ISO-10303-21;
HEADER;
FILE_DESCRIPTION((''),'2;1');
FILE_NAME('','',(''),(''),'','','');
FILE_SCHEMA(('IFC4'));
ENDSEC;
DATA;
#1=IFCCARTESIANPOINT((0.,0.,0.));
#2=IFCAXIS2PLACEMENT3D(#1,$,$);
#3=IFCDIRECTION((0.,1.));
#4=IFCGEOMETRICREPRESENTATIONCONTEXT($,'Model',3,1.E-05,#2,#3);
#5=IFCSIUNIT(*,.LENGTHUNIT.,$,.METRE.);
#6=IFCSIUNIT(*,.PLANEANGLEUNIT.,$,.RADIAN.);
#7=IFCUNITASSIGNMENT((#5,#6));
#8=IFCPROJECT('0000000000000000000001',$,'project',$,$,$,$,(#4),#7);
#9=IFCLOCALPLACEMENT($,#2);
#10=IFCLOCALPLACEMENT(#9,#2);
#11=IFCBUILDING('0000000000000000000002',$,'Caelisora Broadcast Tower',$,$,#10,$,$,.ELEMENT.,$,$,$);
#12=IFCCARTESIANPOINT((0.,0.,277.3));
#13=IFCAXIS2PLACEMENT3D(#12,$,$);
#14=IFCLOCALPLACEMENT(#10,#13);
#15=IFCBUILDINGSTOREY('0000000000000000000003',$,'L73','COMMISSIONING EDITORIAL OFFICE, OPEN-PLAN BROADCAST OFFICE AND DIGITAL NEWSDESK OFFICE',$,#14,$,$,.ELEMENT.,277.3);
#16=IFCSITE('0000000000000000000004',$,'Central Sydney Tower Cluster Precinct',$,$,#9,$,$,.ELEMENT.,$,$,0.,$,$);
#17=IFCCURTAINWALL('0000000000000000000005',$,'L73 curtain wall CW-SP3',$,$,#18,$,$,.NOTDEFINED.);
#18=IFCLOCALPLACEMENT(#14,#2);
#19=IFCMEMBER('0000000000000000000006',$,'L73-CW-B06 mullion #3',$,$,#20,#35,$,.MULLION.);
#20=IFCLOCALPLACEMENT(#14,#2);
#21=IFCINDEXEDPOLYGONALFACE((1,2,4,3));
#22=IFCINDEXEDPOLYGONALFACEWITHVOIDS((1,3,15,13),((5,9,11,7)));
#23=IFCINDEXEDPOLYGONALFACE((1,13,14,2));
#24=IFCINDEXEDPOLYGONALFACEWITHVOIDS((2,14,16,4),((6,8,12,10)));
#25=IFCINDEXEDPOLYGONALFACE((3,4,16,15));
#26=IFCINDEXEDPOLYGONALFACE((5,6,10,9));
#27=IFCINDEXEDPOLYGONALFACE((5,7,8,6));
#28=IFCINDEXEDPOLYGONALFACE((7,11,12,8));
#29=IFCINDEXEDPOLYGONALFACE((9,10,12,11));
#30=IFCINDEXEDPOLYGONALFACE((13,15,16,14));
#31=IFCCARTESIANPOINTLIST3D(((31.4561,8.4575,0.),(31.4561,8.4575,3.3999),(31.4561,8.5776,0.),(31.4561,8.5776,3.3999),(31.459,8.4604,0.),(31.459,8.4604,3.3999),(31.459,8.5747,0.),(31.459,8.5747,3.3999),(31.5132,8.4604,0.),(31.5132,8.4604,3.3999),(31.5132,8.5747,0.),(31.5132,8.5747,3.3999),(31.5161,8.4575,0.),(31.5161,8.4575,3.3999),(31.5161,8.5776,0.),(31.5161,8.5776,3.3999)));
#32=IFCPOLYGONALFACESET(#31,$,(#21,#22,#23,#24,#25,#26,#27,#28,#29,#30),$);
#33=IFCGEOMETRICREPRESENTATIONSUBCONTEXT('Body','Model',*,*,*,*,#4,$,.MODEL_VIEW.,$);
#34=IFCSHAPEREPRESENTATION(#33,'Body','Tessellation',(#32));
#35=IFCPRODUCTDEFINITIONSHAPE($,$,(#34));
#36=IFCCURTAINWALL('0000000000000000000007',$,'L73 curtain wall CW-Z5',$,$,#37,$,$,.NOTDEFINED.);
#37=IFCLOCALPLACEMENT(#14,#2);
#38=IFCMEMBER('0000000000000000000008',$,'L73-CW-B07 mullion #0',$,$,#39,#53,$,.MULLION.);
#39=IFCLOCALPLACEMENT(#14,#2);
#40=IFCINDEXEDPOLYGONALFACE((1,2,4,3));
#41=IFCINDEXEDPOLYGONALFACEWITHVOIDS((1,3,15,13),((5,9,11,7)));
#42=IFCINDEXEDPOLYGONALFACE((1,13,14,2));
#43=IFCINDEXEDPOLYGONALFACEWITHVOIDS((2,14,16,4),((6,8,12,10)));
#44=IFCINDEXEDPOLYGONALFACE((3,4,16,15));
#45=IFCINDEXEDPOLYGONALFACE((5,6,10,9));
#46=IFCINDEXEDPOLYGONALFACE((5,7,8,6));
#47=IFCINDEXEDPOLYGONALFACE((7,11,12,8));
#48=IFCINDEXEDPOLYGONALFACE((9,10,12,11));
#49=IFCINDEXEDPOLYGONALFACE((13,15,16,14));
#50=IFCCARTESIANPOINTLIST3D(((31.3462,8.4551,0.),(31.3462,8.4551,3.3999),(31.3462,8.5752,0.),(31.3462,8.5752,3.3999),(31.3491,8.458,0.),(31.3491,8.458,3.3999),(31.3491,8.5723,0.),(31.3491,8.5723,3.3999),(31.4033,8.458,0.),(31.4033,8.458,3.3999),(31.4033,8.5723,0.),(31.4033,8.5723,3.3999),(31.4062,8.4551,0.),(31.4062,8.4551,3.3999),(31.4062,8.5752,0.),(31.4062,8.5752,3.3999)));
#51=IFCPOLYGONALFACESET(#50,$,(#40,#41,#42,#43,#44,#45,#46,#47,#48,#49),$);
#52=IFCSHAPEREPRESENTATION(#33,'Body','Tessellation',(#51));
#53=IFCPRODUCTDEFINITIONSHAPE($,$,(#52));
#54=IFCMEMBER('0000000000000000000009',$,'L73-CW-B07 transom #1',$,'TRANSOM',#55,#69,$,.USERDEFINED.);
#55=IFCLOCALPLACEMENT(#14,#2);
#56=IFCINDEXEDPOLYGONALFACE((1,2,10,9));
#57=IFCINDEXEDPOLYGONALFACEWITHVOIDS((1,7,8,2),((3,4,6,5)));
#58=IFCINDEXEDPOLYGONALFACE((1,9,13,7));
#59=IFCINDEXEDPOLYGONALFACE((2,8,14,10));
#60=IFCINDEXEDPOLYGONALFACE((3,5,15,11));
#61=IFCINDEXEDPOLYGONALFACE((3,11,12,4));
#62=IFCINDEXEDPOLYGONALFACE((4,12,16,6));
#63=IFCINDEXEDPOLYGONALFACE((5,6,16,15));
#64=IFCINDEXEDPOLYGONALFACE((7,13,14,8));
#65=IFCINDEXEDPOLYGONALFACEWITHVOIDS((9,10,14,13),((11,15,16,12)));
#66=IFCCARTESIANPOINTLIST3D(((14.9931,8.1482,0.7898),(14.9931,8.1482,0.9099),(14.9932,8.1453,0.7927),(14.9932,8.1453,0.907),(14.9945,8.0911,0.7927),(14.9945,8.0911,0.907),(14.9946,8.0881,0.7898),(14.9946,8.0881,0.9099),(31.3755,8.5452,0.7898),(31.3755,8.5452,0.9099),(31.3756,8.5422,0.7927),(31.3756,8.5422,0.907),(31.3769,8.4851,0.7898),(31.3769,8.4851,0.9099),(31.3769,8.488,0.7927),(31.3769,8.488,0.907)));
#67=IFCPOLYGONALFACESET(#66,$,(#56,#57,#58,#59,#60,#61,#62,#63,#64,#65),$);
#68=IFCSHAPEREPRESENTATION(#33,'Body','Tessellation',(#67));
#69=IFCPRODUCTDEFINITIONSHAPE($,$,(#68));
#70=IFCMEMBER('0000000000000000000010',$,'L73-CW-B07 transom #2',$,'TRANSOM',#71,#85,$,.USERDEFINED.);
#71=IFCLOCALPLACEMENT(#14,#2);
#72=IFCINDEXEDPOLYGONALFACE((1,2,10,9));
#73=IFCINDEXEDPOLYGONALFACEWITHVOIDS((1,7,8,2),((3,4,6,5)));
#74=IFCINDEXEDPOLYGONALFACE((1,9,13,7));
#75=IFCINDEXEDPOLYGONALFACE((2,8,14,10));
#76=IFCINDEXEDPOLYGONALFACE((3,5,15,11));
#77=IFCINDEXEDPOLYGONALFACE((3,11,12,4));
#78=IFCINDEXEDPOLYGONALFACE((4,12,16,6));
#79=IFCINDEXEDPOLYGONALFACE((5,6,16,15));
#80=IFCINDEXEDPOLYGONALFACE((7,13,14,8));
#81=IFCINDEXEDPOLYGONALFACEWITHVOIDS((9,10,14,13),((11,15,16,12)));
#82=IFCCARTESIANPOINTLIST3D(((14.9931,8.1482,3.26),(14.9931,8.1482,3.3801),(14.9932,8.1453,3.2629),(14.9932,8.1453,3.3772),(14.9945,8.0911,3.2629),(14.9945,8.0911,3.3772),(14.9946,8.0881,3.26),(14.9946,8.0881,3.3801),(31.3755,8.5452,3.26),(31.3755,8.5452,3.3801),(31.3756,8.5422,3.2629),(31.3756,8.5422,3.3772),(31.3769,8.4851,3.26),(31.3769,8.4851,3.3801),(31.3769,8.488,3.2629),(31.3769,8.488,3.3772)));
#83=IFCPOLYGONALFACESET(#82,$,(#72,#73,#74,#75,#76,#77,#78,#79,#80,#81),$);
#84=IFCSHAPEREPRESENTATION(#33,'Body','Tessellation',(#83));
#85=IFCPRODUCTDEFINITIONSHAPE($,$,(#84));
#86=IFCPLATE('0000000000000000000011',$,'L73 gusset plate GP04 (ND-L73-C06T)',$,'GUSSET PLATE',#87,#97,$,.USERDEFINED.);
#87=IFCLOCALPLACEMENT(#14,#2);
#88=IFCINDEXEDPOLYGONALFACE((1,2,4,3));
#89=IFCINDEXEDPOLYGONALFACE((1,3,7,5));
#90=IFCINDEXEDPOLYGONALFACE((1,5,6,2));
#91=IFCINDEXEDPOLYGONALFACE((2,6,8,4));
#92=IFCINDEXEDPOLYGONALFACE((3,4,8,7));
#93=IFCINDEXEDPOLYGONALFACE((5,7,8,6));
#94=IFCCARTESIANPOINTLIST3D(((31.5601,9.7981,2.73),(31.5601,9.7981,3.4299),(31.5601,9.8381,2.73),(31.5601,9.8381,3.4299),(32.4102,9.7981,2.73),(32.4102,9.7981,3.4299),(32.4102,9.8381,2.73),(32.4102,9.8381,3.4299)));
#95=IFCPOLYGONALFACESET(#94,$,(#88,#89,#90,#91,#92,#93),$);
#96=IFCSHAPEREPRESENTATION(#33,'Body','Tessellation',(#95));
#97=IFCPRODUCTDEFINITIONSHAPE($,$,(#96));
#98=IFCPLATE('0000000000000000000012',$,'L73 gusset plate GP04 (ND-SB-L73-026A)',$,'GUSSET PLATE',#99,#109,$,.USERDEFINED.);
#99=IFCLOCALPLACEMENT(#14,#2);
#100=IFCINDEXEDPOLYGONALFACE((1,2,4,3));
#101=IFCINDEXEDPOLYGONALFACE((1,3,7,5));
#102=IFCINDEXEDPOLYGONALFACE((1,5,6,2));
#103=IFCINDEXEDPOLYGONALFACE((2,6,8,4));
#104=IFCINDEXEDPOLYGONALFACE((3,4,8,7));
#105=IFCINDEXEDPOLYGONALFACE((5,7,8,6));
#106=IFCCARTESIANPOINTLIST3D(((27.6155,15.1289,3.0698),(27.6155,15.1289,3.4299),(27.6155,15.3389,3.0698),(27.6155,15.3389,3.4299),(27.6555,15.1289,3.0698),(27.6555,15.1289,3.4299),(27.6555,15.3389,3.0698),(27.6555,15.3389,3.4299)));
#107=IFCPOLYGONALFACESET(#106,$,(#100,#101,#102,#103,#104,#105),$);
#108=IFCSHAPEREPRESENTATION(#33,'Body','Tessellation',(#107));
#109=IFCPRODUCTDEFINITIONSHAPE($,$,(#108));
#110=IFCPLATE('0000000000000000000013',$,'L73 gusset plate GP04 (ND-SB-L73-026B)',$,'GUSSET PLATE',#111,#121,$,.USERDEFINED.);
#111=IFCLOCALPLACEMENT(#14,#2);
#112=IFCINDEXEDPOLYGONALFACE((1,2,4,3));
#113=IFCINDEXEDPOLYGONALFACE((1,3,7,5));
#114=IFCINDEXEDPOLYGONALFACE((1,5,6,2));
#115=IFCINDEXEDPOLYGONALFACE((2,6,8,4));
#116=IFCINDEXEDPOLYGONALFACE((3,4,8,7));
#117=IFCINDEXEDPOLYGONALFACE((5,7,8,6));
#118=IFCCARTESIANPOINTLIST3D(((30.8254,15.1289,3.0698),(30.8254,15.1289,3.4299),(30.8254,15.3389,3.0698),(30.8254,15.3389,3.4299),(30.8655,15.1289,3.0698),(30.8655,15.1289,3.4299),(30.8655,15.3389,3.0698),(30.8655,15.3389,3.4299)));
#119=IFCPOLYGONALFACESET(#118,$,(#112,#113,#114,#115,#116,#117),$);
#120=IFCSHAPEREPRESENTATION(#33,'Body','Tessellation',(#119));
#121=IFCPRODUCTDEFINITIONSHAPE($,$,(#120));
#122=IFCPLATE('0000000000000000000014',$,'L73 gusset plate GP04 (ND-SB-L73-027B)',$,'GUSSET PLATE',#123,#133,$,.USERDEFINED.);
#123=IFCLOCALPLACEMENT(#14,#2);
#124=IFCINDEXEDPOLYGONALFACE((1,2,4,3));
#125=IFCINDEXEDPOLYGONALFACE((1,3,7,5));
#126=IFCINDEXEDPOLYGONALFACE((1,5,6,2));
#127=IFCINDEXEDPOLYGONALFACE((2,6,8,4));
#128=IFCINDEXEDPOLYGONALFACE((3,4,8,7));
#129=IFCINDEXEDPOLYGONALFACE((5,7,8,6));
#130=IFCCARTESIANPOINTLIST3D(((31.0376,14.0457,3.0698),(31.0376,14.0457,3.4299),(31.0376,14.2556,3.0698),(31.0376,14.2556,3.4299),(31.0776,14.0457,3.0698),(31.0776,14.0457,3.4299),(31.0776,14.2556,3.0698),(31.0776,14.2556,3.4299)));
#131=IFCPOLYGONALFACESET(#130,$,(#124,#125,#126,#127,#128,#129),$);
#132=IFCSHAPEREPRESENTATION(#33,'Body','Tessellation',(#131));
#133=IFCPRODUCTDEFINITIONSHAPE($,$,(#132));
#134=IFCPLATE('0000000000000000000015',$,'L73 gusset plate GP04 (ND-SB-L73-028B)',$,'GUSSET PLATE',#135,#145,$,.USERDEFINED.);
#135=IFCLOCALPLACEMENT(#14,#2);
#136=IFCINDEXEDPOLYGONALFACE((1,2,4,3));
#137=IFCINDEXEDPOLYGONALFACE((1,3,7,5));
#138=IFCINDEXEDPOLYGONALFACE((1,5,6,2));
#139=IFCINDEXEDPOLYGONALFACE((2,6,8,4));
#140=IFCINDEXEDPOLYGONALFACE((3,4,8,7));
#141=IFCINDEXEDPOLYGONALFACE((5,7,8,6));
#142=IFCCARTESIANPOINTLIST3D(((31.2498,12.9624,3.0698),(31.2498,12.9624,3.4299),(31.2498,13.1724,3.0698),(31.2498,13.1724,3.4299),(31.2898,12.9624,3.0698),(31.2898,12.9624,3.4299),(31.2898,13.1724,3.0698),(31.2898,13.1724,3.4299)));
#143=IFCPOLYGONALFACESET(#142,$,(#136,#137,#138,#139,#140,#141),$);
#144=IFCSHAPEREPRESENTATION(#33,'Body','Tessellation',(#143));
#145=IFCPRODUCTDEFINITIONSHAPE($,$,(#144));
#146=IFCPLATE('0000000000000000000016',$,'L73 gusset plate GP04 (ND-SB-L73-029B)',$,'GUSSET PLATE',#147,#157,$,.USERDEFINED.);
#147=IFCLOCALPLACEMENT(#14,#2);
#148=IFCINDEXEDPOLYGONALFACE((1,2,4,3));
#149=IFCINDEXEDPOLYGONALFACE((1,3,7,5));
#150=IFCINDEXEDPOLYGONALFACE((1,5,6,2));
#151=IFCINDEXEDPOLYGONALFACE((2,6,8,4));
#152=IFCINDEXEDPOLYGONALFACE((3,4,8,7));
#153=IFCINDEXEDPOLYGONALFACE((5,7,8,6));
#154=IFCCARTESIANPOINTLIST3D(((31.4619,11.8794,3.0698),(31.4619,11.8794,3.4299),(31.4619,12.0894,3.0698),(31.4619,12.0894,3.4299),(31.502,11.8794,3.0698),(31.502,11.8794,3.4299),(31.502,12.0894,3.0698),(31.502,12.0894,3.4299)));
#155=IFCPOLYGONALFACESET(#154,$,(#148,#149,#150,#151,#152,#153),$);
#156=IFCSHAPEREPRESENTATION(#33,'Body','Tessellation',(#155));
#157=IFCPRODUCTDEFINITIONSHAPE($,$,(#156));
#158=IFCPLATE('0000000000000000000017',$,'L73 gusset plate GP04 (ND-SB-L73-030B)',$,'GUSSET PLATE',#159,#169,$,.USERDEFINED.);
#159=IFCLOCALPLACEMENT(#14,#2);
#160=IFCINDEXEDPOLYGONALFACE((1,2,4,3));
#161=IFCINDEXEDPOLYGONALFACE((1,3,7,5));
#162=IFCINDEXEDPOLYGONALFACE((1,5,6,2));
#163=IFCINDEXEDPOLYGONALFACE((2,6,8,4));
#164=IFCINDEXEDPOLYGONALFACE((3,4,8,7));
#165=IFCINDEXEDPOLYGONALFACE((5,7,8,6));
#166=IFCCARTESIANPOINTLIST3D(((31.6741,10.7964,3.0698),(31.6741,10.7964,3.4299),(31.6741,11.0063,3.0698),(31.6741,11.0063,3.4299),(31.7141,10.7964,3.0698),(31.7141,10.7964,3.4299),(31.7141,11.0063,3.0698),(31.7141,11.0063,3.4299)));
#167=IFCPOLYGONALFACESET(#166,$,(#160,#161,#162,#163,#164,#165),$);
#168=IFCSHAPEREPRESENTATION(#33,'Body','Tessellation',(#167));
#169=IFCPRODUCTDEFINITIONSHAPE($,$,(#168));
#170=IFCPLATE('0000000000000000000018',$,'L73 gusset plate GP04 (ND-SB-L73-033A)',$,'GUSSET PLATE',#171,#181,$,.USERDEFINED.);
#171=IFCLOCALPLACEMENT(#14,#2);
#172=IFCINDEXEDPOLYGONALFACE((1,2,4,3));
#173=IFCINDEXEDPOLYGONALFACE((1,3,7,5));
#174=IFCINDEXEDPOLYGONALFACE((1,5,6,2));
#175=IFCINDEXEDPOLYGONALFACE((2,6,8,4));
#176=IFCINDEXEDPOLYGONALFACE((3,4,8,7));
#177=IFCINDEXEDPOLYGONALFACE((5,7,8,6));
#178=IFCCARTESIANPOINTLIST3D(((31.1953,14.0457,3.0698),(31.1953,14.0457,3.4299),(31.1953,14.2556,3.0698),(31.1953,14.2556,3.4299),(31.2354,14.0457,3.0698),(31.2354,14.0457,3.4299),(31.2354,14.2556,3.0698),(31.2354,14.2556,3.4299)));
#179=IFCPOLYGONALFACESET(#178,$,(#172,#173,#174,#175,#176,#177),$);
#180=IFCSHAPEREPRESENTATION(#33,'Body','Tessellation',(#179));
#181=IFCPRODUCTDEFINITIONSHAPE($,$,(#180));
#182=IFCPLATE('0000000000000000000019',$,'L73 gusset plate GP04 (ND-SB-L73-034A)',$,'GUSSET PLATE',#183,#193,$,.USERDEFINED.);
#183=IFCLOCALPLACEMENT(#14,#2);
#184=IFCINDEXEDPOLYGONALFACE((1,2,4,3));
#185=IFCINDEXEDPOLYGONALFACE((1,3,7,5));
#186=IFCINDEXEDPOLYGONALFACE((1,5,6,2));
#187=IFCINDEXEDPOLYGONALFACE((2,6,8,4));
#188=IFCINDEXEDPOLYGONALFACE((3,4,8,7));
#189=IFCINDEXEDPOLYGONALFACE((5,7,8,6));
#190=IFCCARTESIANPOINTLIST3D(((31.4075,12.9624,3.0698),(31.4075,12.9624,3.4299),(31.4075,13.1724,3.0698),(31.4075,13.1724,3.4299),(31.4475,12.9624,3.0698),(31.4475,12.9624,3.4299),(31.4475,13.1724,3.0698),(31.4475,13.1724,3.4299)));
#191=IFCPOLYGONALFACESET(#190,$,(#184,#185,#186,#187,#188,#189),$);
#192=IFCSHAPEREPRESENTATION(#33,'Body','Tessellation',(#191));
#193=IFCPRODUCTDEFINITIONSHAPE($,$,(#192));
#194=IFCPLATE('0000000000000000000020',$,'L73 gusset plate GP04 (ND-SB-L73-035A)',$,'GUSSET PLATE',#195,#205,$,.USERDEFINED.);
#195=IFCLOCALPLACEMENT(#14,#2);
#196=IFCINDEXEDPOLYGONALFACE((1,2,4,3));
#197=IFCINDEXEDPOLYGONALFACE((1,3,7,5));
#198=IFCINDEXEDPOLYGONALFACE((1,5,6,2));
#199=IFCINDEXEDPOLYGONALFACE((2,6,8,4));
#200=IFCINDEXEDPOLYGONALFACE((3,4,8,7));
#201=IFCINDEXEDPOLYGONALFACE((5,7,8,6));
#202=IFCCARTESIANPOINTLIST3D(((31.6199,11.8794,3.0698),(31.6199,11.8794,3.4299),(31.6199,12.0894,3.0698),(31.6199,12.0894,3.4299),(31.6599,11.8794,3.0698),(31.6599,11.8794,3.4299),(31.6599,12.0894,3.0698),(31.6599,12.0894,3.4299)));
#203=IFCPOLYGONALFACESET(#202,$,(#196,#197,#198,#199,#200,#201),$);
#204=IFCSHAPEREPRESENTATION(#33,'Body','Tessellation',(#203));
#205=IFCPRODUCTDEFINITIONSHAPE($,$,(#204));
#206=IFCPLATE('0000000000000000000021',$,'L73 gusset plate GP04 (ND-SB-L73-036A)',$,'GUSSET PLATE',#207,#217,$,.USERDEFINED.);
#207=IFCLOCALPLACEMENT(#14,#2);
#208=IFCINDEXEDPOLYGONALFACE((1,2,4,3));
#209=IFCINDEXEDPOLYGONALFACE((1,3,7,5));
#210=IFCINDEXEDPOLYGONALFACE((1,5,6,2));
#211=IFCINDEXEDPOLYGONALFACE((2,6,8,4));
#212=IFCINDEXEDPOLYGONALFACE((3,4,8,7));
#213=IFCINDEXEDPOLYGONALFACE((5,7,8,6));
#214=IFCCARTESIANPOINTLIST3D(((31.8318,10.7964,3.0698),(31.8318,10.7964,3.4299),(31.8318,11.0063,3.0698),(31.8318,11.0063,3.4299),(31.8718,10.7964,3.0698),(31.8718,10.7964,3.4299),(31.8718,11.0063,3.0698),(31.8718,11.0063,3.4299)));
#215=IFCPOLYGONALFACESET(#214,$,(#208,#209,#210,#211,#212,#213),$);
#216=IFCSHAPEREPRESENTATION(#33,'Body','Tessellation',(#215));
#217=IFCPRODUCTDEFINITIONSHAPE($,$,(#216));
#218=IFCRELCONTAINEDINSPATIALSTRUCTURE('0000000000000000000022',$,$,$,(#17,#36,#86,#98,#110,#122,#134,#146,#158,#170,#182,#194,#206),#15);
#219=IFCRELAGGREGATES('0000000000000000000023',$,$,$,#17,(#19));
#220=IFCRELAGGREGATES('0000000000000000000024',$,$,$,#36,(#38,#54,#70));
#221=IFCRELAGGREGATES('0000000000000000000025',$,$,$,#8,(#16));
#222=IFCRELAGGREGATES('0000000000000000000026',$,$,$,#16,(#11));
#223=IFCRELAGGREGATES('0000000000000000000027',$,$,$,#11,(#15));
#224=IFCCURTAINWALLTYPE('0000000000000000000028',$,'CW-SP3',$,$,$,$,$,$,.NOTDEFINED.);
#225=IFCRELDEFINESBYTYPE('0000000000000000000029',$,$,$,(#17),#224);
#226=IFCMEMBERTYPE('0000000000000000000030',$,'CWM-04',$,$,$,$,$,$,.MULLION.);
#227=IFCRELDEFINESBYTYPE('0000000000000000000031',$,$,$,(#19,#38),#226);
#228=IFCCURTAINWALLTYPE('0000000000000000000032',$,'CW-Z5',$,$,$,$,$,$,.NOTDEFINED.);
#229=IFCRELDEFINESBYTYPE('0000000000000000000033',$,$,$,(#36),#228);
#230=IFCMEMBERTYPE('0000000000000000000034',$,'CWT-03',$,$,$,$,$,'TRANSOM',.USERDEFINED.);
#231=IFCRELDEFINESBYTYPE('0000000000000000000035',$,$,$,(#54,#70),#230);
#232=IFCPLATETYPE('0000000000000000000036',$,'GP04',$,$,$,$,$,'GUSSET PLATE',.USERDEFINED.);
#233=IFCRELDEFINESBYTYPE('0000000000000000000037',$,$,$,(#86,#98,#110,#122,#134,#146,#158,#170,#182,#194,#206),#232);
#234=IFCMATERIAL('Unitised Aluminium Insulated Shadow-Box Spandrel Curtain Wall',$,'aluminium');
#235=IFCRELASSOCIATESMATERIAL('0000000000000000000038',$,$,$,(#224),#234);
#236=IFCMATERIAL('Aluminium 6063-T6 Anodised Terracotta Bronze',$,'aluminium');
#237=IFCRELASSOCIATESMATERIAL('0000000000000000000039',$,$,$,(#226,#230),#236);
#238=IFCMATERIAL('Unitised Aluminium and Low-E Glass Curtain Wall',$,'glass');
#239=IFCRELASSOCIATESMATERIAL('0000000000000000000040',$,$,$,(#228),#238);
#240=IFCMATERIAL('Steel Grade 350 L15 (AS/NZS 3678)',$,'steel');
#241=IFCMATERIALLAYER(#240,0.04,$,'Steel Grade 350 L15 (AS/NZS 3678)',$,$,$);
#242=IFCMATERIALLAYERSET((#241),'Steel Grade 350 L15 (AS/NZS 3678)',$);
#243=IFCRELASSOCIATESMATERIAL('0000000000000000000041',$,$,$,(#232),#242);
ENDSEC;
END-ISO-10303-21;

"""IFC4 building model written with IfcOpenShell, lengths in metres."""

from ifc_helpers import new_model, si_unit, direction, frame, origin, origin_2d, place, context, subcontext, project, spatial, rectangle, hollow_rectangle, extrude, source, transform, mapped, material, layer, layer_set, material_profile, profile_set, type_object, type_shapes, element, aggregate, save


model = new_model("IFC4")

# Units and contexts
model_context = context("Model", 3, precision=1e-05, world=origin(), true_north=direction((0.0, 1.0)))
body_context = subcontext(model_context, "Body", "Model", "MODEL_VIEW")
ifc_project = project(units=[si_unit("LENGTHUNIT", "METRE"), si_unit("PLANEANGLEUNIT", "RADIAN")], contexts=[model_context])

# Site, building, storey
site_placement = place(None, origin())
site = spatial("IfcSite", under=ifc_project, at=site_placement, Name="Central Sydney Tower Cluster Precinct", CompositionType="ELEMENT", RefElevation=0.0)
building_placement = place(site_placement, origin())
building = spatial("IfcBuilding", under=site, at=building_placement, Name="Caelisora Broadcast Tower", CompositionType="ELEMENT")
storey_placement = place(building_placement, frame((0.0, 0.0, 277.3)))
storey = spatial("IfcBuildingStorey", under=building, at=storey_placement, Name="L73", Description="COMMISSIONING EDITORIAL OFFICE, OPEN-PLAN BROADCAST OFFICE AND DIGITAL NEWSDESK OFFICE", CompositionType="ELEMENT", Elevation=277.3)

# Shared definitions
ifc_material_1 = material(Name="Steel Grade 350 L15 (AS/NZS 3678)", Category="steel")

# Curtain walls, members
ifc_material_2 = material(Name="Unitised Aluminium Insulated Shadow-Box Spandrel Curtain Wall", Category="aluminium")
curtain_wall_type_1 = type_object("IfcCurtainWallType", Name="CW-SP3", PredefinedType="NOTDEFINED", material=ifc_material_2)
curtain_wall_1_placement = place(storey_placement, origin())
curtain_wall_1 = element("IfcCurtainWall", 1, at=curtain_wall_1_placement, inside=storey, type_object=curtain_wall_type_1, Name="L73 curtain wall CW-SP3", PredefinedType="NOTDEFINED")
ifc_material_3 = material(Name="Aluminium 6063-T6 Anodised Terracotta Bronze", Category="aluminium")
ifc_material_profile_1 = material_profile(ifc_material_3, hollow_rectangle(XDim=0.0601, YDim=0.1201, WallThickness=0.0029, at=origin_2d()), Name="Aluminium 6063-T6 Anodised Terracotta Bronze")
ifc_profile_set_1 = profile_set([ifc_material_profile_1], Name="Aluminium 6063-T6 Anodised Terracotta Bronze")
member_type_1 = type_object("IfcMemberType", Name="CWM-04", PredefinedType="MULLION", material=ifc_profile_set_1)
shared_shape_1 = source(origin(), body_context, "Body", "SweptSolid", [
    extrude(hollow_rectangle(XDim=0.0601, YDim=0.1201, WallThickness=0.0029, at=origin_2d()), origin(), (0.0, 0.0, 1.0), 3.3999),
])
type_shapes(member_type_1, [shared_shape_1])
member_1_placement = place(storey_placement, frame((31.4861, 8.5176, 0.0), z_axis=(0.0, 0.0, 1.0), x_axis=(1.0, 0.0, 0.0)))
member_1 = element("IfcMember", 2, at=member_1_placement, type_object=member_type_1, Name="L73-CW-B06 mullion #3", PredefinedType="MULLION", context=body_context, shape_type="MappedRepresentation", body=[
    mapped(shared_shape_1, transform((0.0, 0.0, 0.0), scale=1.0)),
])
ifc_material_4 = material(Name="Unitised Aluminium and Low-E Glass Curtain Wall", Category="glass")
curtain_wall_type_2 = type_object("IfcCurtainWallType", Name="CW-Z5", PredefinedType="NOTDEFINED", material=ifc_material_4)
curtain_wall_2_placement = place(storey_placement, origin())
curtain_wall_2 = element("IfcCurtainWall", 3, at=curtain_wall_2_placement, inside=storey, type_object=curtain_wall_type_2, Name="L73 curtain wall CW-Z5", PredefinedType="NOTDEFINED")
member_2_placement = place(storey_placement, frame((31.3762, 8.5151, 0.0), z_axis=(0.0, 0.0, 1.0), x_axis=(1.0, 0.0, 0.0)))
member_2 = element("IfcMember", 4, at=member_2_placement, type_object=member_type_1, Name="L73-CW-B07 mullion #0", PredefinedType="MULLION", context=body_context, shape_type="MappedRepresentation", body=[
    mapped(shared_shape_1, transform((0.0, 0.0, 0.0), scale=1.0)),
])
ifc_material_profile_2 = material_profile(ifc_material_3, hollow_rectangle(XDim=0.0601, YDim=0.1201, WallThickness=0.0029, at=origin_2d()), Name="Aluminium 6063-T6 Anodised Terracotta Bronze")
ifc_profile_set_2 = profile_set([ifc_material_profile_2], Name="Aluminium 6063-T6 Anodised Terracotta Bronze")
member_type_2 = type_object("IfcMemberType", Name="CWT-03", ElementType="TRANSOM", PredefinedType="USERDEFINED", material=ifc_profile_set_2)
shared_shape_2 = source(origin(), body_context, "Body", "SweptSolid", [
    extrude(hollow_rectangle(XDim=0.0601, YDim=0.1201, WallThickness=0.0029, at=origin_2d()), origin(), (0.0, 0.0, 1.0), 16.3872),
])
type_shapes(member_type_2, [shared_shape_2])
member_3_placement = place(storey_placement, frame((31.3762, 8.5151, 0.8499), z_axis=(-0.999707, -0.024225, 0.0), x_axis=(0.024225, -0.999707, 0.0)))
member_3 = element("IfcMember", 5, at=member_3_placement, type_object=member_type_2, Name="L73-CW-B07 transom #1", ObjectType="TRANSOM", PredefinedType="USERDEFINED", context=body_context, shape_type="MappedRepresentation", body=[
    mapped(shared_shape_2, transform((0.0, 0.0, 0.0), scale=1.0)),
])
member_4_placement = place(storey_placement, frame((31.3762, 8.5151, 3.3201), z_axis=(-0.999707, -0.024225, 0.0), x_axis=(0.024225, -0.999707, 0.0)))
member_4 = element("IfcMember", 6, at=member_4_placement, type_object=member_type_2, Name="L73-CW-B07 transom #2", ObjectType="TRANSOM", PredefinedType="USERDEFINED", context=body_context, shape_type="MappedRepresentation", body=[
    mapped(shared_shape_2, transform((0.0, 0.0, 0.0), scale=1.0)),
])

# Plates
ifc_layer_1 = layer(ifc_material_1, 0.04, Name="Steel Grade 350 L15 (AS/NZS 3678)")
ifc_layer_set_1 = layer_set([ifc_layer_1], Name="Steel Grade 350 L15 (AS/NZS 3678)")
plate_type_1 = type_object("IfcPlateType", Name="GP04", ElementType="GUSSET PLATE", PredefinedType="USERDEFINED", material=ifc_layer_set_1)
shared_shape_3 = source(origin(), body_context, "Body", "SweptSolid", [
    extrude(rectangle(XDim=0.8501, YDim=0.04, at=origin_2d()), origin(), (0.0, 0.0, 1.0), 0.7),
])
plate_1_placement = place(storey_placement, frame((31.9851, 9.8181, 2.73), z_axis=(0.0, 0.0, 1.0), x_axis=(1.0, 0.0, 0.0)))
element("IfcPlate", 7, at=plate_1_placement, inside=storey, type_object=plate_type_1, Name="L73 gusset plate GP04 (ND-L73-C06T)", ObjectType="GUSSET PLATE", PredefinedType="USERDEFINED", context=body_context, shape_type="MappedRepresentation", body=[
    mapped(shared_shape_3, transform((0.0, 0.0, 0.0), scale=1.0)),
])
shared_shape_4 = source(origin(), body_context, "Body", "SweptSolid", [
    extrude(rectangle(XDim=0.21, YDim=0.04, at=origin_2d()), origin(), (0.0, 0.0, 1.0), 0.3601),
])
type_shapes(plate_type_1, [shared_shape_3, shared_shape_4])
for number, where, z_axis, x_axis, name in (
    (8, (27.6355, 15.2339, 3.0698), (0.0, 0.0, 1.0), (0.0, 1.0, 0.0), "L73 gusset plate GP04 (ND-SB-L73-026A)"),
    (9, (30.8455, 15.2339, 3.0698), (0.0, 0.0, 1.0), (0.0, 1.0, 0.0), "L73 gusset plate GP04 (ND-SB-L73-026B)"),
    (10, (31.0576, 14.1506, 3.0698), (0.0, 0.0, 1.0), (0.0, 1.0, 0.0), "L73 gusset plate GP04 (ND-SB-L73-027B)"),
    (11, (31.2698, 13.0674, 3.0698), (0.0, 0.0, 1.0), (0.0, 1.0, 0.0), "L73 gusset plate GP04 (ND-SB-L73-028B)"),
    (12, (31.4819, 11.9844, 3.0698), (0.0, 0.0, 1.0), (0.0, 1.0, 0.0), "L73 gusset plate GP04 (ND-SB-L73-029B)"),
    (13, (31.6941, 10.9014, 3.0698), (0.0, 0.0, 1.0), (0.0, 1.0, 0.0), "L73 gusset plate GP04 (ND-SB-L73-030B)"),
    (14, (31.2153, 14.1506, 3.0698), (0.0, 0.0, 1.0), (0.0, 1.0, 0.0), "L73 gusset plate GP04 (ND-SB-L73-033A)"),
    (15, (31.4275, 13.0674, 3.0698), (0.0, 0.0, 1.0), (0.0, 1.0, 0.0), "L73 gusset plate GP04 (ND-SB-L73-034A)"),
    (16, (31.6399, 11.9844, 3.0698), (0.0, 0.0, 1.0), (0.0, 1.0, 0.0), "L73 gusset plate GP04 (ND-SB-L73-035A)"),
    (17, (31.8518, 10.9014, 3.0698), (0.0, 0.0, 1.0), (0.0, 1.0, 0.0), "L73 gusset plate GP04 (ND-SB-L73-036A)"),
):
    element("IfcPlate", number, at=place(storey_placement, frame(where, z_axis=z_axis, x_axis=x_axis)), inside=storey, type_object=plate_type_1, Name=name, ObjectType="GUSSET PLATE", PredefinedType="USERDEFINED", context=body_context, shape_type="MappedRepresentation", body=[
        mapped(shared_shape_4, transform((0.0, 0.0, 0.0), scale=1.0)),
    ])

aggregate(curtain_wall_1, [member_1])
aggregate(curtain_wall_2, [member_2, member_3, member_4])

save(model, "model.ifc")
